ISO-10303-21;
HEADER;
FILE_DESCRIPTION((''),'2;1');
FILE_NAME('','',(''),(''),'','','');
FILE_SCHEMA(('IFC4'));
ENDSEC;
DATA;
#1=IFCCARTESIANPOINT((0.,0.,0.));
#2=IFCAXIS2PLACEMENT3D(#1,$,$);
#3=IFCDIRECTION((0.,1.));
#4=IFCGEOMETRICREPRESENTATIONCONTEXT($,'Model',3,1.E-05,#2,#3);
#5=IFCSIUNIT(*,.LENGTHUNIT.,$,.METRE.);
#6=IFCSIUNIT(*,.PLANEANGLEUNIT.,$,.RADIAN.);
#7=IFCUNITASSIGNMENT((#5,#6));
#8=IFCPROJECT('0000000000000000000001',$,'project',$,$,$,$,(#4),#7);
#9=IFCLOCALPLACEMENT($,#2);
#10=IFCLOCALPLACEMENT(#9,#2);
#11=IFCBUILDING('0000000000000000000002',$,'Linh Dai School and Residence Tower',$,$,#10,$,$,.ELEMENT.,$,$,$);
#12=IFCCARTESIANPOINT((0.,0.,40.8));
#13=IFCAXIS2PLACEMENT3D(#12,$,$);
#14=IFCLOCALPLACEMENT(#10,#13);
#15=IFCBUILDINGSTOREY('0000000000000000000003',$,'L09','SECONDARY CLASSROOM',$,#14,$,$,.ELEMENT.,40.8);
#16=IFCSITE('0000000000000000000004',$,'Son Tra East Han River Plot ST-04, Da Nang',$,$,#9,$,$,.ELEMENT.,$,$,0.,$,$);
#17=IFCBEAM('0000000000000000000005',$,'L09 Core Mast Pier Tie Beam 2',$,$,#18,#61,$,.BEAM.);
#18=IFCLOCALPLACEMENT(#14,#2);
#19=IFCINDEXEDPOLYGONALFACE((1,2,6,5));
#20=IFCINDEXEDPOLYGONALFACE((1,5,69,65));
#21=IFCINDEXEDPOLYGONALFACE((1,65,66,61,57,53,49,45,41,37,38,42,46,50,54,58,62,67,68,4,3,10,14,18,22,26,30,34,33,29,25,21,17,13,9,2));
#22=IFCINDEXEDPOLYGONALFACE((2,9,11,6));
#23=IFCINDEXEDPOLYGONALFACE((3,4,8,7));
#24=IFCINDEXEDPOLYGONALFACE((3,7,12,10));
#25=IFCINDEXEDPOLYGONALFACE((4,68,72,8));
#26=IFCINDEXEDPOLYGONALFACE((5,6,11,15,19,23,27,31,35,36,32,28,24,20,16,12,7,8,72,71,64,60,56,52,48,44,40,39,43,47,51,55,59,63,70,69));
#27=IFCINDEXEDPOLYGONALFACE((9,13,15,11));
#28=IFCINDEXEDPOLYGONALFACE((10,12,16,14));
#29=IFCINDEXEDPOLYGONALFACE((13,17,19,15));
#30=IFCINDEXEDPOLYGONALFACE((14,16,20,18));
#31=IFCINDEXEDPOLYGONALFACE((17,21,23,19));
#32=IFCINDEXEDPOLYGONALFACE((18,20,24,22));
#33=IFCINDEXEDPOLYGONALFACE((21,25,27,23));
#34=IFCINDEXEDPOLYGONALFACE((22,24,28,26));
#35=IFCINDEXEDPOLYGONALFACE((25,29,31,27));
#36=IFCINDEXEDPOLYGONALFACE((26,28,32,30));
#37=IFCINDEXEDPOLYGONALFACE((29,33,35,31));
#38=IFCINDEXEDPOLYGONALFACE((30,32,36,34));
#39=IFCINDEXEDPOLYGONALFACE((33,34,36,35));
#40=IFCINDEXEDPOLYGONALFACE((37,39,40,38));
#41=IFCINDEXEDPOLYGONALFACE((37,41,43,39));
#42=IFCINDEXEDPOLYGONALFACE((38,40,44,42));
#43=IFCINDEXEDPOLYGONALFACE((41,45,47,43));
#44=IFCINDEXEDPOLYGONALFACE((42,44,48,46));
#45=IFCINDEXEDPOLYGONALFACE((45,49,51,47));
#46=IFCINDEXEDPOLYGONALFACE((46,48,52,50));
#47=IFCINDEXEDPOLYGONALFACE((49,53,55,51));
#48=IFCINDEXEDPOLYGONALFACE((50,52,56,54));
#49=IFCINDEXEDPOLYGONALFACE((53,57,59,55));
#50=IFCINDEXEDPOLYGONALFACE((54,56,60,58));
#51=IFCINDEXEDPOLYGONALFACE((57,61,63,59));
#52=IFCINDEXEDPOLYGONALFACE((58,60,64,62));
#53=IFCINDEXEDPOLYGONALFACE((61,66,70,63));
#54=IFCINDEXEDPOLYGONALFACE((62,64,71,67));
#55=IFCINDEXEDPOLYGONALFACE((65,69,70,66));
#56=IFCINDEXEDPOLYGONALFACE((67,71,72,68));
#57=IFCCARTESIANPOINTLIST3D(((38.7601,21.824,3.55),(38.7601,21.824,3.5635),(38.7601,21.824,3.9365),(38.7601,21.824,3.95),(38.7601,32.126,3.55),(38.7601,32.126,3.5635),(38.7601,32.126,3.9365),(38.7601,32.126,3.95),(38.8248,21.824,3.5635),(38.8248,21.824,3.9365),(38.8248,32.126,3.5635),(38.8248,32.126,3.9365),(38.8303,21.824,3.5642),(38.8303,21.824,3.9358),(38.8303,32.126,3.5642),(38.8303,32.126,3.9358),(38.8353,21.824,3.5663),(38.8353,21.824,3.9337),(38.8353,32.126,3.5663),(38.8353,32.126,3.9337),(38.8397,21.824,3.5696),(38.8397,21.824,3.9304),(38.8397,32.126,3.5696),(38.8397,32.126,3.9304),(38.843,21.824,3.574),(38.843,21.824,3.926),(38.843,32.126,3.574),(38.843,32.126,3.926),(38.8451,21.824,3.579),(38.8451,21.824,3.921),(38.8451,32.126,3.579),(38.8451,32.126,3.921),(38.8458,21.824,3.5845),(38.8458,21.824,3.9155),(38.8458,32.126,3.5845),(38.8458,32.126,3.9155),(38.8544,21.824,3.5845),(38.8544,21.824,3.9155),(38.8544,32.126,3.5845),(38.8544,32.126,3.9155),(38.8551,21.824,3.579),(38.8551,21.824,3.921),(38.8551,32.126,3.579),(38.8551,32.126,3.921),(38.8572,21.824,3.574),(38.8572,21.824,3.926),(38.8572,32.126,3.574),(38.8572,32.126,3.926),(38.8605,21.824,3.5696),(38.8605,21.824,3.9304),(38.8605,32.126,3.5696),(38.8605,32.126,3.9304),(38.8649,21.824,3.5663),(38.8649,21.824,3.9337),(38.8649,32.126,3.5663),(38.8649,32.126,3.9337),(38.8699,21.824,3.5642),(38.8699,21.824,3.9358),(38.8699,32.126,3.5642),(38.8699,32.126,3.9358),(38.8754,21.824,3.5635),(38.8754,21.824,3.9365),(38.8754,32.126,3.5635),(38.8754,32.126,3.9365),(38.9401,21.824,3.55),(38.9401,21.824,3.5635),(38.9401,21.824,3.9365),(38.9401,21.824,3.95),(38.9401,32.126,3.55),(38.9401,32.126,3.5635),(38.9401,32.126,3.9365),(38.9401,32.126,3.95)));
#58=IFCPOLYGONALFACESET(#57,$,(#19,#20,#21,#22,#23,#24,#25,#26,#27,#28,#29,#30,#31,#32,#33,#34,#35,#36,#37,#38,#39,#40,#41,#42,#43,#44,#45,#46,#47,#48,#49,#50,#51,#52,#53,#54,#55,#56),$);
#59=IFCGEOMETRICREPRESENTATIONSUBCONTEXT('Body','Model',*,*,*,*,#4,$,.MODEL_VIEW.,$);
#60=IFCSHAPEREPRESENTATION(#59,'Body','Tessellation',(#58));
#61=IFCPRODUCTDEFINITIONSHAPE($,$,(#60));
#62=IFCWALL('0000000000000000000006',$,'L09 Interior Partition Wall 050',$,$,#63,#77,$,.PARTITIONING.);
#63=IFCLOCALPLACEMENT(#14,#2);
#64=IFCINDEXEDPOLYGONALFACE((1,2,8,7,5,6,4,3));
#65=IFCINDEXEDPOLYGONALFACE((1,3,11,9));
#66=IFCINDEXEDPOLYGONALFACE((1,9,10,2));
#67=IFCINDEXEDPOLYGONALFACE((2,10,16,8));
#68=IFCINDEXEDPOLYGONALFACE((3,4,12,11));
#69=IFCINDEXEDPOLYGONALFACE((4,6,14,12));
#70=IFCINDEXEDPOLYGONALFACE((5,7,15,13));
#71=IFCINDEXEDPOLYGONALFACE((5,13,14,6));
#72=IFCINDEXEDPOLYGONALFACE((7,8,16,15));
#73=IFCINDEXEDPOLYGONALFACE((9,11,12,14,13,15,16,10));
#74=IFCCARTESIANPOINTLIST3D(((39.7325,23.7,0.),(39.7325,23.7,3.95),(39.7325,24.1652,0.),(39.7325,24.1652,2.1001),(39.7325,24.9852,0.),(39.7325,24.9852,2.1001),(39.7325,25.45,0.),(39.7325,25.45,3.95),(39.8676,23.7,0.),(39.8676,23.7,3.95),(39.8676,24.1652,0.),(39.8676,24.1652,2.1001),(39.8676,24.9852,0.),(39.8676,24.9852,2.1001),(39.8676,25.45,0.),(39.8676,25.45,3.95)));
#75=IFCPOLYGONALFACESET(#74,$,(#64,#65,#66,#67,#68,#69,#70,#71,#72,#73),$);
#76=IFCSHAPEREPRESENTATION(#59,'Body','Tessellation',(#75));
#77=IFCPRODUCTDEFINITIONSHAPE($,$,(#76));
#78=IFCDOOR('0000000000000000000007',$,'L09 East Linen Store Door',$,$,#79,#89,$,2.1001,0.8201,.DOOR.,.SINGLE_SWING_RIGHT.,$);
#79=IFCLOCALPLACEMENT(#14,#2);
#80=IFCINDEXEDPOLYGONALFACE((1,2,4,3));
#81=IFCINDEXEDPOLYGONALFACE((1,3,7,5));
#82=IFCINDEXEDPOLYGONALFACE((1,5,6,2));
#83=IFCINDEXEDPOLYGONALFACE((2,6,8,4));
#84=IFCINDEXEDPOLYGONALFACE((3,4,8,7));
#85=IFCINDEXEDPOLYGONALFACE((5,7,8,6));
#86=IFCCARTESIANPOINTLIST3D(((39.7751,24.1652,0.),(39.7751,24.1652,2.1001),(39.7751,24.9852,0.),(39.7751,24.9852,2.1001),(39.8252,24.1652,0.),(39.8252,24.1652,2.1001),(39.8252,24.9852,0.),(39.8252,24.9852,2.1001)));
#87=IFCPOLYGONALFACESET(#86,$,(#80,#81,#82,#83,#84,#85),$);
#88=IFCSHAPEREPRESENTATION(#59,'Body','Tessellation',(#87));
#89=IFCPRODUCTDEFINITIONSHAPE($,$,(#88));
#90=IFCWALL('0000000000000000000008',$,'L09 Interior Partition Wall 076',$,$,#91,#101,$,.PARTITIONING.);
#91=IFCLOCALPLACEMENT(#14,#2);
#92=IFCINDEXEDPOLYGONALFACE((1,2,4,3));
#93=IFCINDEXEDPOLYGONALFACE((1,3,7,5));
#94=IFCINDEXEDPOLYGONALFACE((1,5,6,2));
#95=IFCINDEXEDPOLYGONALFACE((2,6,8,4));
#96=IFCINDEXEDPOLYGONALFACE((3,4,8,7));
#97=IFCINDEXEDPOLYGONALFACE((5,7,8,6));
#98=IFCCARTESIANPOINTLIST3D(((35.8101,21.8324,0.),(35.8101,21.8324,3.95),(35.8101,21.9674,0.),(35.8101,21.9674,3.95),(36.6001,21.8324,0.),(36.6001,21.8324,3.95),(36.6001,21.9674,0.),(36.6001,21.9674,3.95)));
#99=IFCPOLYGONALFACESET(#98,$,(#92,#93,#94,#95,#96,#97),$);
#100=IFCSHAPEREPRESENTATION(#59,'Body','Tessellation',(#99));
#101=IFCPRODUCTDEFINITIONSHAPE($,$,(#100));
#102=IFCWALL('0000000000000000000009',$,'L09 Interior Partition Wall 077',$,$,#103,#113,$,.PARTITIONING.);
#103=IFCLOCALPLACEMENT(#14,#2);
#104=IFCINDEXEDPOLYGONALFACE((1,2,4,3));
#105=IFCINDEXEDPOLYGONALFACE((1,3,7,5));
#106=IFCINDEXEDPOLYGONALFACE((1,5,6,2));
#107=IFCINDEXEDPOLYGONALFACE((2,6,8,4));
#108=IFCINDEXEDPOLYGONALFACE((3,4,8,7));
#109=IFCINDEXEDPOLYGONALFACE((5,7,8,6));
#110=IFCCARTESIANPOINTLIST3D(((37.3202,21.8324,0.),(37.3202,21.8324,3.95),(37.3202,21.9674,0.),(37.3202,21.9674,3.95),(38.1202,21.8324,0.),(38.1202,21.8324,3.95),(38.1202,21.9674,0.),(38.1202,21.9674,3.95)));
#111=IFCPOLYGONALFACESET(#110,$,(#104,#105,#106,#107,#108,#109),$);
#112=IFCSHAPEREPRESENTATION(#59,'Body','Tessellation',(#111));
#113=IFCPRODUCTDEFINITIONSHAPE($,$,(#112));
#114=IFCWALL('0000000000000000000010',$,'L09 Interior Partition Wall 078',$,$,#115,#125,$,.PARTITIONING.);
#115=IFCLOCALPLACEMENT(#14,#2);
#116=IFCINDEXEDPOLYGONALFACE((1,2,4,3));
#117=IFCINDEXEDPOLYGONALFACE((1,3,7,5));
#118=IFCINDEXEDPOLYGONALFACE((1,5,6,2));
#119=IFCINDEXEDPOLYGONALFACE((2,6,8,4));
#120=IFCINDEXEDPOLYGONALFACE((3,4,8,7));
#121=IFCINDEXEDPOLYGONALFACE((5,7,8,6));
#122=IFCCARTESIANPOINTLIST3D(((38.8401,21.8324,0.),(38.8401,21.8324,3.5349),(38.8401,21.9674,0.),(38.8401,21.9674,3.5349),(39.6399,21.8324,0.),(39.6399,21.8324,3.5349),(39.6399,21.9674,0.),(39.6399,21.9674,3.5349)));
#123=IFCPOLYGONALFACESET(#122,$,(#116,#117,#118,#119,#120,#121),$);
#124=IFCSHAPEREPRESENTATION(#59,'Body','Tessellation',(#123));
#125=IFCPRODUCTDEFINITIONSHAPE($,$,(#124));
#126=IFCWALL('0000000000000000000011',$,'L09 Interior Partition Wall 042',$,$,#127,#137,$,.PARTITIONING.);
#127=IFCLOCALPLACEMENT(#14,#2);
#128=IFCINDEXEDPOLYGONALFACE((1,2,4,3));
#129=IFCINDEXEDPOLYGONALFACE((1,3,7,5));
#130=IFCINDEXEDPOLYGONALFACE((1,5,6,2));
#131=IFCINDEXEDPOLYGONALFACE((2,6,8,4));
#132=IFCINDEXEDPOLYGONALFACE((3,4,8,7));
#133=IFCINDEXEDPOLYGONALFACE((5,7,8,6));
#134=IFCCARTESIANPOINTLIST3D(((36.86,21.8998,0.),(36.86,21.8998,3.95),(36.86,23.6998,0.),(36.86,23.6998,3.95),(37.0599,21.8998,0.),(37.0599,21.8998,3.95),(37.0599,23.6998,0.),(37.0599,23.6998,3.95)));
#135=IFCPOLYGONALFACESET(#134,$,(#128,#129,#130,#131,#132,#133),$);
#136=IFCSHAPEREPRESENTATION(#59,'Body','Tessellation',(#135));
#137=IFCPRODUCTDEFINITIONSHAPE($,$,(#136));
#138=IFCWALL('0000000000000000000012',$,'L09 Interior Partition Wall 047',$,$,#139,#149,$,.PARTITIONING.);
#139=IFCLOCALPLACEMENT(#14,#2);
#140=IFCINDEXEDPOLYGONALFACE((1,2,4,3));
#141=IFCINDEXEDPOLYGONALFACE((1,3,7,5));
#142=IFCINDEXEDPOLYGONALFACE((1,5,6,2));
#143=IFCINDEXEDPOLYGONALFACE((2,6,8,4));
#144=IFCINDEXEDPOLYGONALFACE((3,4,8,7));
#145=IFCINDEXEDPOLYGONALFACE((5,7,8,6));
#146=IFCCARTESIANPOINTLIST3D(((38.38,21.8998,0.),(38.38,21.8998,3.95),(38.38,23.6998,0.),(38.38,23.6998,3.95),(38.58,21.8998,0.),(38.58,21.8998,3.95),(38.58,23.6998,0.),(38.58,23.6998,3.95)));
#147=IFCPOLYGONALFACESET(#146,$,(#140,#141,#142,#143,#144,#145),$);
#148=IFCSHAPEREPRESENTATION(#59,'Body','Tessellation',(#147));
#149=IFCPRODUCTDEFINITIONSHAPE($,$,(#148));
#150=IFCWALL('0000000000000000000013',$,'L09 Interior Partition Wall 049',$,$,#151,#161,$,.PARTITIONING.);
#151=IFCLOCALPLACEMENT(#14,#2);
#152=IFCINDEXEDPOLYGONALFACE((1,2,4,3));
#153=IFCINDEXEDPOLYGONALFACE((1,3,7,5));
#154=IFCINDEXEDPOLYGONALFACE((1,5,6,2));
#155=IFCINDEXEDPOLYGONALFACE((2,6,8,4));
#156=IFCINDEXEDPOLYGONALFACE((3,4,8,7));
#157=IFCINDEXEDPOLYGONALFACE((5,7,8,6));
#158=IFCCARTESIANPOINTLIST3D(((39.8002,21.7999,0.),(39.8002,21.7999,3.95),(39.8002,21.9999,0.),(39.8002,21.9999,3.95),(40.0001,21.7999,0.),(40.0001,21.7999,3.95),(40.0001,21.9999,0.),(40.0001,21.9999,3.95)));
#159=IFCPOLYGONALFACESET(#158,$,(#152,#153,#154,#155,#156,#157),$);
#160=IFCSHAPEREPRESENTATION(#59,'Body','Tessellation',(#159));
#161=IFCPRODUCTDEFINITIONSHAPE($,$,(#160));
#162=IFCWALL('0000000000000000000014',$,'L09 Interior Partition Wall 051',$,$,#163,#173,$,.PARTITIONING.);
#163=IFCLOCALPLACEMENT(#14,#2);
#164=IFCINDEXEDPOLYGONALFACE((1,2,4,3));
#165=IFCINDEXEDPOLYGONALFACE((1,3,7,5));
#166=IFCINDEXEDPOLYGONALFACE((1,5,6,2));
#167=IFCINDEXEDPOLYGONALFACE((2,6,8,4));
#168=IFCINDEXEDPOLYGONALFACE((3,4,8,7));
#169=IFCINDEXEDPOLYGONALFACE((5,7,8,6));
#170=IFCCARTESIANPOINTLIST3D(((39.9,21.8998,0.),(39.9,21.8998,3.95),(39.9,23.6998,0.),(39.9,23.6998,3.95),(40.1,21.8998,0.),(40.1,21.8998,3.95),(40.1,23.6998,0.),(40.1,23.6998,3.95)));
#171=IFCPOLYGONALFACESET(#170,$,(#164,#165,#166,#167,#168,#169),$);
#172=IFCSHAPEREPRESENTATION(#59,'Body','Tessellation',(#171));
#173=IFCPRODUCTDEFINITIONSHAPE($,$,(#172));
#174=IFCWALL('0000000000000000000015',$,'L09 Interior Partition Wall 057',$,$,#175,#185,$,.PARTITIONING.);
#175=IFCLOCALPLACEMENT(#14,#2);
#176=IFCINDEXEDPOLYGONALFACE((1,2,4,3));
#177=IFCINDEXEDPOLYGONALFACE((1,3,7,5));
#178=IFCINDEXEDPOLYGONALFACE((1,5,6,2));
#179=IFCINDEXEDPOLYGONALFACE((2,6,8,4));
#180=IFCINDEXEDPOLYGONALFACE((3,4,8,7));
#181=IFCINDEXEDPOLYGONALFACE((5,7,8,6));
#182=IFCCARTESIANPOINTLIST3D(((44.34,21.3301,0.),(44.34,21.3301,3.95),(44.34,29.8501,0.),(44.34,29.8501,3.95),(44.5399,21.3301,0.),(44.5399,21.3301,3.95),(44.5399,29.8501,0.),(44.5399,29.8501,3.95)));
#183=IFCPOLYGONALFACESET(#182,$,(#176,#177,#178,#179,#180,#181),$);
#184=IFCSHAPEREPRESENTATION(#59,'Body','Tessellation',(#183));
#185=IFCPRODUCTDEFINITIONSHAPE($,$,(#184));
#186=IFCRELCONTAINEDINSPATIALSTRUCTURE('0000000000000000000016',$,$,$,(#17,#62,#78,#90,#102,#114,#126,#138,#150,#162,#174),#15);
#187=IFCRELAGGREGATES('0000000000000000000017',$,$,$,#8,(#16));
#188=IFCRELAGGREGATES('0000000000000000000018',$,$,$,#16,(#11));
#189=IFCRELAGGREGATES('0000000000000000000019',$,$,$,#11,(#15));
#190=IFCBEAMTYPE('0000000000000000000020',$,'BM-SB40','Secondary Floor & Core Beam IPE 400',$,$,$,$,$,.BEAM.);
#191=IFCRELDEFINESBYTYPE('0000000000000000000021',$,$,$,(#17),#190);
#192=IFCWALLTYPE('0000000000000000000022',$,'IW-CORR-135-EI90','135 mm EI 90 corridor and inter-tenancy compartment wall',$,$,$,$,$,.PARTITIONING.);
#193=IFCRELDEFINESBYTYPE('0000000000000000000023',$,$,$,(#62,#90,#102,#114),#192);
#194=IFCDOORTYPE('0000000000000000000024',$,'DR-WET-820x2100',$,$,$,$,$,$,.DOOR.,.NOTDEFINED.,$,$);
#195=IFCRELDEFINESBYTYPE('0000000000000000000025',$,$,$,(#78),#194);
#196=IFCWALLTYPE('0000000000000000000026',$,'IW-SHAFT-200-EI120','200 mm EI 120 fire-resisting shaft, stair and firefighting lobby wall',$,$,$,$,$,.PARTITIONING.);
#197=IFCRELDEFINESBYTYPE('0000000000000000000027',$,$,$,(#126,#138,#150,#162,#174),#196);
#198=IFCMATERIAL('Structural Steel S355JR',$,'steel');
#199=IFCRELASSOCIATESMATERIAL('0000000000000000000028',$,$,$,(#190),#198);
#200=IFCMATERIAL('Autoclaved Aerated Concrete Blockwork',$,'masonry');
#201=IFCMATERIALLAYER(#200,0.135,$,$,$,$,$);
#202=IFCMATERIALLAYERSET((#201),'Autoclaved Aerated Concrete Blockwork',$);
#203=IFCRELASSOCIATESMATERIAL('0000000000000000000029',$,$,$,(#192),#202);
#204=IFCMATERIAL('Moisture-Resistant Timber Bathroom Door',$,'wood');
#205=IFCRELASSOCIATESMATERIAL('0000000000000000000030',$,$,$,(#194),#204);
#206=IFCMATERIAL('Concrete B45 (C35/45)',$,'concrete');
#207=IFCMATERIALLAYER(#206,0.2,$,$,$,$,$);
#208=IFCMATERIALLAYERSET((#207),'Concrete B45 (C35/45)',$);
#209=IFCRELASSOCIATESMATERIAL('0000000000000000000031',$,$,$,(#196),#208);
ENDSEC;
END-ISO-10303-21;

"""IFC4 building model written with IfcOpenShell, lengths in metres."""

from ifc_helpers import new_model, si_unit, direction, frame, frame_2d, origin, origin_2d, place, context, subcontext, project, spatial, rectangle, i_section, extrude, source, transform, mapped, material, layer, layer_set, material_profile, profile_set, type_object, element, fill, save


model = new_model("IFC4")

# Units and contexts
model_context = context("Model", 3, precision=1e-05, world=origin(), true_north=direction((0.0, 1.0)))
body_context = subcontext(model_context, "Body", "Model", "MODEL_VIEW")
ifc_project = project(units=[si_unit("LENGTHUNIT", "METRE"), si_unit("PLANEANGLEUNIT", "RADIAN")], contexts=[model_context])

# Site, building, storey
site_placement = place(None, origin())
site = spatial("IfcSite", under=ifc_project, at=site_placement, Name="Son Tra East Han River Plot ST-04, Da Nang", CompositionType="ELEMENT", RefElevation=0.0)
building_placement = place(site_placement, origin())
building = spatial("IfcBuilding", under=site, at=building_placement, Name="Linh Dai School and Residence Tower", CompositionType="ELEMENT")
storey_placement = place(building_placement, frame((0.0, 0.0, 40.8)))
storey = spatial("IfcBuildingStorey", under=building, at=storey_placement, Name="L09", Description="SECONDARY CLASSROOM", CompositionType="ELEMENT", Elevation=40.8)

# Shared definitions
ifc_material_1 = material(Name="Structural Steel S355JR", Category="steel")

# Beam
ifc_material_profile_1 = material_profile(ifc_material_1, i_section(OverallWidth=0.1799, OverallDepth=0.3999, WebThickness=0.0085, FlangeThickness=0.0134, FilletRadius=0.021, at=origin_2d()), Name="IPE 400")
ifc_profile_set_1 = profile_set([ifc_material_profile_1], Name="Structural Steel S355JR")
beam_type_1 = type_object("IfcBeamType", Name="BM-SB40", Description="Secondary Floor & Core Beam IPE 400", PredefinedType="BEAM", material=ifc_profile_set_1)
beam_1_placement = place(storey_placement, frame((38.8501, 21.824, 3.75), z_axis=(0.0, 1.0, 0.0), x_axis=(-1.0, 0.0, 0.0)))
element("IfcBeam", 1, at=beam_1_placement, inside=storey, type_object=beam_type_1, Name="L09 Core Mast Pier Tie Beam 2", PredefinedType="BEAM", context=body_context, shape_type="SweptSolid", body=[
    extrude(i_section(OverallWidth=0.1799, OverallDepth=0.3999, WebThickness=0.0085, FlangeThickness=0.0134, FilletRadius=0.021, at=origin_2d()), origin(), (0.0, 0.0, 1.0), 10.302),
])

# Wall, opening, door
ifc_material_2 = material(Name="Autoclaved Aerated Concrete Blockwork", Category="masonry")
ifc_layer_1 = layer(ifc_material_2, 0.135)
ifc_layer_set_1 = layer_set([ifc_layer_1], Name="Autoclaved Aerated Concrete Blockwork")
wall_type_1 = type_object("IfcWallType", Name="IW-CORR-135-EI90", Description="135 mm EI 90 corridor and inter-tenancy compartment wall", PredefinedType="PARTITIONING", material=ifc_layer_set_1)
wall_1_placement = place(storey_placement, frame((39.8, 23.7, 0.0), z_axis=(0.0, 0.0, 1.0), x_axis=(0.0, 1.0, 0.0)))
wall_1 = element("IfcWall", 2, at=wall_1_placement, inside=storey, type_object=wall_type_1, Name="L09 Interior Partition Wall 050", PredefinedType="PARTITIONING", context=body_context, shape_type="SweptSolid", body=[
    extrude(rectangle(XDim=1.75, YDim=0.135, at=frame_2d((0.875, 0.0))), origin(), (0.0, 0.0, 1.0), 3.95),
])
opening_placement = place(wall_1_placement, frame((0.4651, 0.0, 0.0)))
opening = element("IfcOpeningElement", 3, at=opening_placement, cuts=wall_1, PredefinedType="OPENING", context=body_context, shape_type="SweptSolid", body=[
    extrude(rectangle(XDim=0.8201, YDim=2.1001, at=origin_2d()), frame((0.4102, 0.0776, 1.05), z_axis=(0.0, -1.0, 0.0), x_axis=(1.0, 0.0, 0.0)), (0.0, 0.0, 1.0), 0.155),
])
ifc_material_3 = material(Name="Moisture-Resistant Timber Bathroom Door", Category="wood")
door_type = type_object("IfcDoorType", Name="DR-WET-820x2100", OperationType="NOTDEFINED", PredefinedType="DOOR", material=ifc_material_3)
shared_shape_1 = source(origin(), body_context, "Body", "SweptSolid", [
    extrude(rectangle(XDim=0.8201, YDim=2.1001, at=origin_2d()), frame((0.4102, 0.0249, 1.05), z_axis=(0.0, -1.0, 0.0), x_axis=(1.0, 0.0, 0.0)), (0.0, 0.0, 1.0), 0.05),
])
door_placement = place(opening_placement, origin())
door = element("IfcDoor", 4, at=door_placement, inside=storey, type_object=door_type, Name="L09 East Linen Store Door", OperationType="SINGLE_SWING_RIGHT", OverallHeight=2.1001, OverallWidth=0.8201, PredefinedType="DOOR", context=body_context, shape_type="MappedRepresentation", body=[
    mapped(shared_shape_1, transform((0.0, 0.0, 0.0), x_axis=(1.0, 0.0, 0.0), y_axis=(0.0, 1.0, 0.0), z_axis=(0.0, 0.0, 1.0), scale=1.0)),
])
fill(opening, door)

# Walls
wall_2_placement = place(storey_placement, frame((36.6001, 21.8999, 0.0), z_axis=(0.0, 0.0, 1.0), x_axis=(-1.0, 0.0, 0.0)))
element("IfcWall", 5, at=wall_2_placement, inside=storey, type_object=wall_type_1, Name="L09 Interior Partition Wall 076", PredefinedType="PARTITIONING", context=body_context, shape_type="SweptSolid", body=[
    extrude(rectangle(XDim=0.79, YDim=0.135, at=frame_2d((0.395, 0.0))), origin(), (0.0, 0.0, 1.0), 3.95),
])
wall_3_placement = place(storey_placement, frame((38.1201, 21.8999, 0.0), z_axis=(0.0, 0.0, 1.0), x_axis=(-1.0, 0.0, 0.0)))
element("IfcWall", 6, at=wall_3_placement, inside=storey, type_object=wall_type_1, Name="L09 Interior Partition Wall 077", PredefinedType="PARTITIONING", context=body_context, shape_type="SweptSolid", body=[
    extrude(rectangle(XDim=0.8, YDim=0.135, at=frame_2d((0.3999, 0.0))), origin(), (0.0, 0.0, 1.0), 3.95),
])
wall_4_placement = place(storey_placement, frame((39.6399, 21.8999, 0.0), z_axis=(0.0, 0.0, 1.0), x_axis=(-1.0, 0.0, 0.0)))
element("IfcWall", 7, at=wall_4_placement, inside=storey, type_object=wall_type_1, Name="L09 Interior Partition Wall 078", PredefinedType="PARTITIONING", context=body_context, shape_type="SweptSolid", body=[
    extrude(rectangle(XDim=0.7998, YDim=0.135, at=frame_2d((0.3999, 0.0))), origin(), (0.0, 0.0, 1.0), 3.5349),
])
ifc_material_4 = material(Name="Concrete B45 (C35/45)", Category="concrete")
ifc_layer_2 = layer(ifc_material_4, 0.2)
ifc_layer_set_2 = layer_set([ifc_layer_2], Name="Concrete B45 (C35/45)")
wall_type_2 = type_object("IfcWallType", Name="IW-SHAFT-200-EI120", Description="200 mm EI 120 fire-resisting shaft, stair and firefighting lobby wall", PredefinedType="PARTITIONING", material=ifc_layer_set_2)
for number, where, z_axis, x_axis, name in (
    (8, (36.96, 21.8999, 0.0), (0.0, 0.0, 1.0), (0.0, 1.0, 0.0), "L09 Interior Partition Wall 042"),
    (9, (38.48, 21.8999, 0.0), (0.0, 0.0, 1.0), (0.0, 1.0, 0.0), "L09 Interior Partition Wall 047"),
):
    element("IfcWall", number, at=place(storey_placement, frame(where, z_axis=z_axis, x_axis=x_axis)), inside=storey, type_object=wall_type_2, Name=name, PredefinedType="PARTITIONING", context=body_context, shape_type="SweptSolid", body=[
        extrude(rectangle(XDim=1.8, YDim=0.2, at=frame_2d((0.8999, 0.0))), origin(), (0.0, 0.0, 1.0), 3.95),
    ])
wall_5_placement = place(storey_placement, frame((39.8, 21.8999, 0.0), z_axis=(0.0, 0.0, 1.0), x_axis=(1.0, 0.0, 0.0)))
element("IfcWall", 10, at=wall_5_placement, inside=storey, type_object=wall_type_2, Name="L09 Interior Partition Wall 049", PredefinedType="PARTITIONING", context=body_context, shape_type="SweptSolid", body=[
    extrude(rectangle(XDim=0.2, YDim=0.2, at=frame_2d((0.1001, 0.0))), origin(), (0.0, 0.0, 1.0), 3.95),
])
wall_6_placement = place(storey_placement, frame((40.0, 21.8999, 0.0), z_axis=(0.0, 0.0, 1.0), x_axis=(0.0, 1.0, 0.0)))
element("IfcWall", 11, at=wall_6_placement, inside=storey, type_object=wall_type_2, Name="L09 Interior Partition Wall 051", PredefinedType="PARTITIONING", context=body_context, shape_type="SweptSolid", body=[
    extrude(rectangle(XDim=1.8, YDim=0.2, at=frame_2d((0.8999, 0.0))), origin(), (0.0, 0.0, 1.0), 3.95),
])
wall_7_placement = place(storey_placement, frame((44.4399, 21.3301, 0.0), z_axis=(0.0, 0.0, 1.0), x_axis=(0.0, 1.0, 0.0)))
element("IfcWall", 12, at=wall_7_placement, inside=storey, type_object=wall_type_2, Name="L09 Interior Partition Wall 057", PredefinedType="PARTITIONING", context=body_context, shape_type="SweptSolid", body=[
    extrude(rectangle(XDim=8.52, YDim=0.2, at=frame_2d((4.26, 0.0))), origin(), (0.0, 0.0, 1.0), 3.95),
])

save(model, "model.ifc")
